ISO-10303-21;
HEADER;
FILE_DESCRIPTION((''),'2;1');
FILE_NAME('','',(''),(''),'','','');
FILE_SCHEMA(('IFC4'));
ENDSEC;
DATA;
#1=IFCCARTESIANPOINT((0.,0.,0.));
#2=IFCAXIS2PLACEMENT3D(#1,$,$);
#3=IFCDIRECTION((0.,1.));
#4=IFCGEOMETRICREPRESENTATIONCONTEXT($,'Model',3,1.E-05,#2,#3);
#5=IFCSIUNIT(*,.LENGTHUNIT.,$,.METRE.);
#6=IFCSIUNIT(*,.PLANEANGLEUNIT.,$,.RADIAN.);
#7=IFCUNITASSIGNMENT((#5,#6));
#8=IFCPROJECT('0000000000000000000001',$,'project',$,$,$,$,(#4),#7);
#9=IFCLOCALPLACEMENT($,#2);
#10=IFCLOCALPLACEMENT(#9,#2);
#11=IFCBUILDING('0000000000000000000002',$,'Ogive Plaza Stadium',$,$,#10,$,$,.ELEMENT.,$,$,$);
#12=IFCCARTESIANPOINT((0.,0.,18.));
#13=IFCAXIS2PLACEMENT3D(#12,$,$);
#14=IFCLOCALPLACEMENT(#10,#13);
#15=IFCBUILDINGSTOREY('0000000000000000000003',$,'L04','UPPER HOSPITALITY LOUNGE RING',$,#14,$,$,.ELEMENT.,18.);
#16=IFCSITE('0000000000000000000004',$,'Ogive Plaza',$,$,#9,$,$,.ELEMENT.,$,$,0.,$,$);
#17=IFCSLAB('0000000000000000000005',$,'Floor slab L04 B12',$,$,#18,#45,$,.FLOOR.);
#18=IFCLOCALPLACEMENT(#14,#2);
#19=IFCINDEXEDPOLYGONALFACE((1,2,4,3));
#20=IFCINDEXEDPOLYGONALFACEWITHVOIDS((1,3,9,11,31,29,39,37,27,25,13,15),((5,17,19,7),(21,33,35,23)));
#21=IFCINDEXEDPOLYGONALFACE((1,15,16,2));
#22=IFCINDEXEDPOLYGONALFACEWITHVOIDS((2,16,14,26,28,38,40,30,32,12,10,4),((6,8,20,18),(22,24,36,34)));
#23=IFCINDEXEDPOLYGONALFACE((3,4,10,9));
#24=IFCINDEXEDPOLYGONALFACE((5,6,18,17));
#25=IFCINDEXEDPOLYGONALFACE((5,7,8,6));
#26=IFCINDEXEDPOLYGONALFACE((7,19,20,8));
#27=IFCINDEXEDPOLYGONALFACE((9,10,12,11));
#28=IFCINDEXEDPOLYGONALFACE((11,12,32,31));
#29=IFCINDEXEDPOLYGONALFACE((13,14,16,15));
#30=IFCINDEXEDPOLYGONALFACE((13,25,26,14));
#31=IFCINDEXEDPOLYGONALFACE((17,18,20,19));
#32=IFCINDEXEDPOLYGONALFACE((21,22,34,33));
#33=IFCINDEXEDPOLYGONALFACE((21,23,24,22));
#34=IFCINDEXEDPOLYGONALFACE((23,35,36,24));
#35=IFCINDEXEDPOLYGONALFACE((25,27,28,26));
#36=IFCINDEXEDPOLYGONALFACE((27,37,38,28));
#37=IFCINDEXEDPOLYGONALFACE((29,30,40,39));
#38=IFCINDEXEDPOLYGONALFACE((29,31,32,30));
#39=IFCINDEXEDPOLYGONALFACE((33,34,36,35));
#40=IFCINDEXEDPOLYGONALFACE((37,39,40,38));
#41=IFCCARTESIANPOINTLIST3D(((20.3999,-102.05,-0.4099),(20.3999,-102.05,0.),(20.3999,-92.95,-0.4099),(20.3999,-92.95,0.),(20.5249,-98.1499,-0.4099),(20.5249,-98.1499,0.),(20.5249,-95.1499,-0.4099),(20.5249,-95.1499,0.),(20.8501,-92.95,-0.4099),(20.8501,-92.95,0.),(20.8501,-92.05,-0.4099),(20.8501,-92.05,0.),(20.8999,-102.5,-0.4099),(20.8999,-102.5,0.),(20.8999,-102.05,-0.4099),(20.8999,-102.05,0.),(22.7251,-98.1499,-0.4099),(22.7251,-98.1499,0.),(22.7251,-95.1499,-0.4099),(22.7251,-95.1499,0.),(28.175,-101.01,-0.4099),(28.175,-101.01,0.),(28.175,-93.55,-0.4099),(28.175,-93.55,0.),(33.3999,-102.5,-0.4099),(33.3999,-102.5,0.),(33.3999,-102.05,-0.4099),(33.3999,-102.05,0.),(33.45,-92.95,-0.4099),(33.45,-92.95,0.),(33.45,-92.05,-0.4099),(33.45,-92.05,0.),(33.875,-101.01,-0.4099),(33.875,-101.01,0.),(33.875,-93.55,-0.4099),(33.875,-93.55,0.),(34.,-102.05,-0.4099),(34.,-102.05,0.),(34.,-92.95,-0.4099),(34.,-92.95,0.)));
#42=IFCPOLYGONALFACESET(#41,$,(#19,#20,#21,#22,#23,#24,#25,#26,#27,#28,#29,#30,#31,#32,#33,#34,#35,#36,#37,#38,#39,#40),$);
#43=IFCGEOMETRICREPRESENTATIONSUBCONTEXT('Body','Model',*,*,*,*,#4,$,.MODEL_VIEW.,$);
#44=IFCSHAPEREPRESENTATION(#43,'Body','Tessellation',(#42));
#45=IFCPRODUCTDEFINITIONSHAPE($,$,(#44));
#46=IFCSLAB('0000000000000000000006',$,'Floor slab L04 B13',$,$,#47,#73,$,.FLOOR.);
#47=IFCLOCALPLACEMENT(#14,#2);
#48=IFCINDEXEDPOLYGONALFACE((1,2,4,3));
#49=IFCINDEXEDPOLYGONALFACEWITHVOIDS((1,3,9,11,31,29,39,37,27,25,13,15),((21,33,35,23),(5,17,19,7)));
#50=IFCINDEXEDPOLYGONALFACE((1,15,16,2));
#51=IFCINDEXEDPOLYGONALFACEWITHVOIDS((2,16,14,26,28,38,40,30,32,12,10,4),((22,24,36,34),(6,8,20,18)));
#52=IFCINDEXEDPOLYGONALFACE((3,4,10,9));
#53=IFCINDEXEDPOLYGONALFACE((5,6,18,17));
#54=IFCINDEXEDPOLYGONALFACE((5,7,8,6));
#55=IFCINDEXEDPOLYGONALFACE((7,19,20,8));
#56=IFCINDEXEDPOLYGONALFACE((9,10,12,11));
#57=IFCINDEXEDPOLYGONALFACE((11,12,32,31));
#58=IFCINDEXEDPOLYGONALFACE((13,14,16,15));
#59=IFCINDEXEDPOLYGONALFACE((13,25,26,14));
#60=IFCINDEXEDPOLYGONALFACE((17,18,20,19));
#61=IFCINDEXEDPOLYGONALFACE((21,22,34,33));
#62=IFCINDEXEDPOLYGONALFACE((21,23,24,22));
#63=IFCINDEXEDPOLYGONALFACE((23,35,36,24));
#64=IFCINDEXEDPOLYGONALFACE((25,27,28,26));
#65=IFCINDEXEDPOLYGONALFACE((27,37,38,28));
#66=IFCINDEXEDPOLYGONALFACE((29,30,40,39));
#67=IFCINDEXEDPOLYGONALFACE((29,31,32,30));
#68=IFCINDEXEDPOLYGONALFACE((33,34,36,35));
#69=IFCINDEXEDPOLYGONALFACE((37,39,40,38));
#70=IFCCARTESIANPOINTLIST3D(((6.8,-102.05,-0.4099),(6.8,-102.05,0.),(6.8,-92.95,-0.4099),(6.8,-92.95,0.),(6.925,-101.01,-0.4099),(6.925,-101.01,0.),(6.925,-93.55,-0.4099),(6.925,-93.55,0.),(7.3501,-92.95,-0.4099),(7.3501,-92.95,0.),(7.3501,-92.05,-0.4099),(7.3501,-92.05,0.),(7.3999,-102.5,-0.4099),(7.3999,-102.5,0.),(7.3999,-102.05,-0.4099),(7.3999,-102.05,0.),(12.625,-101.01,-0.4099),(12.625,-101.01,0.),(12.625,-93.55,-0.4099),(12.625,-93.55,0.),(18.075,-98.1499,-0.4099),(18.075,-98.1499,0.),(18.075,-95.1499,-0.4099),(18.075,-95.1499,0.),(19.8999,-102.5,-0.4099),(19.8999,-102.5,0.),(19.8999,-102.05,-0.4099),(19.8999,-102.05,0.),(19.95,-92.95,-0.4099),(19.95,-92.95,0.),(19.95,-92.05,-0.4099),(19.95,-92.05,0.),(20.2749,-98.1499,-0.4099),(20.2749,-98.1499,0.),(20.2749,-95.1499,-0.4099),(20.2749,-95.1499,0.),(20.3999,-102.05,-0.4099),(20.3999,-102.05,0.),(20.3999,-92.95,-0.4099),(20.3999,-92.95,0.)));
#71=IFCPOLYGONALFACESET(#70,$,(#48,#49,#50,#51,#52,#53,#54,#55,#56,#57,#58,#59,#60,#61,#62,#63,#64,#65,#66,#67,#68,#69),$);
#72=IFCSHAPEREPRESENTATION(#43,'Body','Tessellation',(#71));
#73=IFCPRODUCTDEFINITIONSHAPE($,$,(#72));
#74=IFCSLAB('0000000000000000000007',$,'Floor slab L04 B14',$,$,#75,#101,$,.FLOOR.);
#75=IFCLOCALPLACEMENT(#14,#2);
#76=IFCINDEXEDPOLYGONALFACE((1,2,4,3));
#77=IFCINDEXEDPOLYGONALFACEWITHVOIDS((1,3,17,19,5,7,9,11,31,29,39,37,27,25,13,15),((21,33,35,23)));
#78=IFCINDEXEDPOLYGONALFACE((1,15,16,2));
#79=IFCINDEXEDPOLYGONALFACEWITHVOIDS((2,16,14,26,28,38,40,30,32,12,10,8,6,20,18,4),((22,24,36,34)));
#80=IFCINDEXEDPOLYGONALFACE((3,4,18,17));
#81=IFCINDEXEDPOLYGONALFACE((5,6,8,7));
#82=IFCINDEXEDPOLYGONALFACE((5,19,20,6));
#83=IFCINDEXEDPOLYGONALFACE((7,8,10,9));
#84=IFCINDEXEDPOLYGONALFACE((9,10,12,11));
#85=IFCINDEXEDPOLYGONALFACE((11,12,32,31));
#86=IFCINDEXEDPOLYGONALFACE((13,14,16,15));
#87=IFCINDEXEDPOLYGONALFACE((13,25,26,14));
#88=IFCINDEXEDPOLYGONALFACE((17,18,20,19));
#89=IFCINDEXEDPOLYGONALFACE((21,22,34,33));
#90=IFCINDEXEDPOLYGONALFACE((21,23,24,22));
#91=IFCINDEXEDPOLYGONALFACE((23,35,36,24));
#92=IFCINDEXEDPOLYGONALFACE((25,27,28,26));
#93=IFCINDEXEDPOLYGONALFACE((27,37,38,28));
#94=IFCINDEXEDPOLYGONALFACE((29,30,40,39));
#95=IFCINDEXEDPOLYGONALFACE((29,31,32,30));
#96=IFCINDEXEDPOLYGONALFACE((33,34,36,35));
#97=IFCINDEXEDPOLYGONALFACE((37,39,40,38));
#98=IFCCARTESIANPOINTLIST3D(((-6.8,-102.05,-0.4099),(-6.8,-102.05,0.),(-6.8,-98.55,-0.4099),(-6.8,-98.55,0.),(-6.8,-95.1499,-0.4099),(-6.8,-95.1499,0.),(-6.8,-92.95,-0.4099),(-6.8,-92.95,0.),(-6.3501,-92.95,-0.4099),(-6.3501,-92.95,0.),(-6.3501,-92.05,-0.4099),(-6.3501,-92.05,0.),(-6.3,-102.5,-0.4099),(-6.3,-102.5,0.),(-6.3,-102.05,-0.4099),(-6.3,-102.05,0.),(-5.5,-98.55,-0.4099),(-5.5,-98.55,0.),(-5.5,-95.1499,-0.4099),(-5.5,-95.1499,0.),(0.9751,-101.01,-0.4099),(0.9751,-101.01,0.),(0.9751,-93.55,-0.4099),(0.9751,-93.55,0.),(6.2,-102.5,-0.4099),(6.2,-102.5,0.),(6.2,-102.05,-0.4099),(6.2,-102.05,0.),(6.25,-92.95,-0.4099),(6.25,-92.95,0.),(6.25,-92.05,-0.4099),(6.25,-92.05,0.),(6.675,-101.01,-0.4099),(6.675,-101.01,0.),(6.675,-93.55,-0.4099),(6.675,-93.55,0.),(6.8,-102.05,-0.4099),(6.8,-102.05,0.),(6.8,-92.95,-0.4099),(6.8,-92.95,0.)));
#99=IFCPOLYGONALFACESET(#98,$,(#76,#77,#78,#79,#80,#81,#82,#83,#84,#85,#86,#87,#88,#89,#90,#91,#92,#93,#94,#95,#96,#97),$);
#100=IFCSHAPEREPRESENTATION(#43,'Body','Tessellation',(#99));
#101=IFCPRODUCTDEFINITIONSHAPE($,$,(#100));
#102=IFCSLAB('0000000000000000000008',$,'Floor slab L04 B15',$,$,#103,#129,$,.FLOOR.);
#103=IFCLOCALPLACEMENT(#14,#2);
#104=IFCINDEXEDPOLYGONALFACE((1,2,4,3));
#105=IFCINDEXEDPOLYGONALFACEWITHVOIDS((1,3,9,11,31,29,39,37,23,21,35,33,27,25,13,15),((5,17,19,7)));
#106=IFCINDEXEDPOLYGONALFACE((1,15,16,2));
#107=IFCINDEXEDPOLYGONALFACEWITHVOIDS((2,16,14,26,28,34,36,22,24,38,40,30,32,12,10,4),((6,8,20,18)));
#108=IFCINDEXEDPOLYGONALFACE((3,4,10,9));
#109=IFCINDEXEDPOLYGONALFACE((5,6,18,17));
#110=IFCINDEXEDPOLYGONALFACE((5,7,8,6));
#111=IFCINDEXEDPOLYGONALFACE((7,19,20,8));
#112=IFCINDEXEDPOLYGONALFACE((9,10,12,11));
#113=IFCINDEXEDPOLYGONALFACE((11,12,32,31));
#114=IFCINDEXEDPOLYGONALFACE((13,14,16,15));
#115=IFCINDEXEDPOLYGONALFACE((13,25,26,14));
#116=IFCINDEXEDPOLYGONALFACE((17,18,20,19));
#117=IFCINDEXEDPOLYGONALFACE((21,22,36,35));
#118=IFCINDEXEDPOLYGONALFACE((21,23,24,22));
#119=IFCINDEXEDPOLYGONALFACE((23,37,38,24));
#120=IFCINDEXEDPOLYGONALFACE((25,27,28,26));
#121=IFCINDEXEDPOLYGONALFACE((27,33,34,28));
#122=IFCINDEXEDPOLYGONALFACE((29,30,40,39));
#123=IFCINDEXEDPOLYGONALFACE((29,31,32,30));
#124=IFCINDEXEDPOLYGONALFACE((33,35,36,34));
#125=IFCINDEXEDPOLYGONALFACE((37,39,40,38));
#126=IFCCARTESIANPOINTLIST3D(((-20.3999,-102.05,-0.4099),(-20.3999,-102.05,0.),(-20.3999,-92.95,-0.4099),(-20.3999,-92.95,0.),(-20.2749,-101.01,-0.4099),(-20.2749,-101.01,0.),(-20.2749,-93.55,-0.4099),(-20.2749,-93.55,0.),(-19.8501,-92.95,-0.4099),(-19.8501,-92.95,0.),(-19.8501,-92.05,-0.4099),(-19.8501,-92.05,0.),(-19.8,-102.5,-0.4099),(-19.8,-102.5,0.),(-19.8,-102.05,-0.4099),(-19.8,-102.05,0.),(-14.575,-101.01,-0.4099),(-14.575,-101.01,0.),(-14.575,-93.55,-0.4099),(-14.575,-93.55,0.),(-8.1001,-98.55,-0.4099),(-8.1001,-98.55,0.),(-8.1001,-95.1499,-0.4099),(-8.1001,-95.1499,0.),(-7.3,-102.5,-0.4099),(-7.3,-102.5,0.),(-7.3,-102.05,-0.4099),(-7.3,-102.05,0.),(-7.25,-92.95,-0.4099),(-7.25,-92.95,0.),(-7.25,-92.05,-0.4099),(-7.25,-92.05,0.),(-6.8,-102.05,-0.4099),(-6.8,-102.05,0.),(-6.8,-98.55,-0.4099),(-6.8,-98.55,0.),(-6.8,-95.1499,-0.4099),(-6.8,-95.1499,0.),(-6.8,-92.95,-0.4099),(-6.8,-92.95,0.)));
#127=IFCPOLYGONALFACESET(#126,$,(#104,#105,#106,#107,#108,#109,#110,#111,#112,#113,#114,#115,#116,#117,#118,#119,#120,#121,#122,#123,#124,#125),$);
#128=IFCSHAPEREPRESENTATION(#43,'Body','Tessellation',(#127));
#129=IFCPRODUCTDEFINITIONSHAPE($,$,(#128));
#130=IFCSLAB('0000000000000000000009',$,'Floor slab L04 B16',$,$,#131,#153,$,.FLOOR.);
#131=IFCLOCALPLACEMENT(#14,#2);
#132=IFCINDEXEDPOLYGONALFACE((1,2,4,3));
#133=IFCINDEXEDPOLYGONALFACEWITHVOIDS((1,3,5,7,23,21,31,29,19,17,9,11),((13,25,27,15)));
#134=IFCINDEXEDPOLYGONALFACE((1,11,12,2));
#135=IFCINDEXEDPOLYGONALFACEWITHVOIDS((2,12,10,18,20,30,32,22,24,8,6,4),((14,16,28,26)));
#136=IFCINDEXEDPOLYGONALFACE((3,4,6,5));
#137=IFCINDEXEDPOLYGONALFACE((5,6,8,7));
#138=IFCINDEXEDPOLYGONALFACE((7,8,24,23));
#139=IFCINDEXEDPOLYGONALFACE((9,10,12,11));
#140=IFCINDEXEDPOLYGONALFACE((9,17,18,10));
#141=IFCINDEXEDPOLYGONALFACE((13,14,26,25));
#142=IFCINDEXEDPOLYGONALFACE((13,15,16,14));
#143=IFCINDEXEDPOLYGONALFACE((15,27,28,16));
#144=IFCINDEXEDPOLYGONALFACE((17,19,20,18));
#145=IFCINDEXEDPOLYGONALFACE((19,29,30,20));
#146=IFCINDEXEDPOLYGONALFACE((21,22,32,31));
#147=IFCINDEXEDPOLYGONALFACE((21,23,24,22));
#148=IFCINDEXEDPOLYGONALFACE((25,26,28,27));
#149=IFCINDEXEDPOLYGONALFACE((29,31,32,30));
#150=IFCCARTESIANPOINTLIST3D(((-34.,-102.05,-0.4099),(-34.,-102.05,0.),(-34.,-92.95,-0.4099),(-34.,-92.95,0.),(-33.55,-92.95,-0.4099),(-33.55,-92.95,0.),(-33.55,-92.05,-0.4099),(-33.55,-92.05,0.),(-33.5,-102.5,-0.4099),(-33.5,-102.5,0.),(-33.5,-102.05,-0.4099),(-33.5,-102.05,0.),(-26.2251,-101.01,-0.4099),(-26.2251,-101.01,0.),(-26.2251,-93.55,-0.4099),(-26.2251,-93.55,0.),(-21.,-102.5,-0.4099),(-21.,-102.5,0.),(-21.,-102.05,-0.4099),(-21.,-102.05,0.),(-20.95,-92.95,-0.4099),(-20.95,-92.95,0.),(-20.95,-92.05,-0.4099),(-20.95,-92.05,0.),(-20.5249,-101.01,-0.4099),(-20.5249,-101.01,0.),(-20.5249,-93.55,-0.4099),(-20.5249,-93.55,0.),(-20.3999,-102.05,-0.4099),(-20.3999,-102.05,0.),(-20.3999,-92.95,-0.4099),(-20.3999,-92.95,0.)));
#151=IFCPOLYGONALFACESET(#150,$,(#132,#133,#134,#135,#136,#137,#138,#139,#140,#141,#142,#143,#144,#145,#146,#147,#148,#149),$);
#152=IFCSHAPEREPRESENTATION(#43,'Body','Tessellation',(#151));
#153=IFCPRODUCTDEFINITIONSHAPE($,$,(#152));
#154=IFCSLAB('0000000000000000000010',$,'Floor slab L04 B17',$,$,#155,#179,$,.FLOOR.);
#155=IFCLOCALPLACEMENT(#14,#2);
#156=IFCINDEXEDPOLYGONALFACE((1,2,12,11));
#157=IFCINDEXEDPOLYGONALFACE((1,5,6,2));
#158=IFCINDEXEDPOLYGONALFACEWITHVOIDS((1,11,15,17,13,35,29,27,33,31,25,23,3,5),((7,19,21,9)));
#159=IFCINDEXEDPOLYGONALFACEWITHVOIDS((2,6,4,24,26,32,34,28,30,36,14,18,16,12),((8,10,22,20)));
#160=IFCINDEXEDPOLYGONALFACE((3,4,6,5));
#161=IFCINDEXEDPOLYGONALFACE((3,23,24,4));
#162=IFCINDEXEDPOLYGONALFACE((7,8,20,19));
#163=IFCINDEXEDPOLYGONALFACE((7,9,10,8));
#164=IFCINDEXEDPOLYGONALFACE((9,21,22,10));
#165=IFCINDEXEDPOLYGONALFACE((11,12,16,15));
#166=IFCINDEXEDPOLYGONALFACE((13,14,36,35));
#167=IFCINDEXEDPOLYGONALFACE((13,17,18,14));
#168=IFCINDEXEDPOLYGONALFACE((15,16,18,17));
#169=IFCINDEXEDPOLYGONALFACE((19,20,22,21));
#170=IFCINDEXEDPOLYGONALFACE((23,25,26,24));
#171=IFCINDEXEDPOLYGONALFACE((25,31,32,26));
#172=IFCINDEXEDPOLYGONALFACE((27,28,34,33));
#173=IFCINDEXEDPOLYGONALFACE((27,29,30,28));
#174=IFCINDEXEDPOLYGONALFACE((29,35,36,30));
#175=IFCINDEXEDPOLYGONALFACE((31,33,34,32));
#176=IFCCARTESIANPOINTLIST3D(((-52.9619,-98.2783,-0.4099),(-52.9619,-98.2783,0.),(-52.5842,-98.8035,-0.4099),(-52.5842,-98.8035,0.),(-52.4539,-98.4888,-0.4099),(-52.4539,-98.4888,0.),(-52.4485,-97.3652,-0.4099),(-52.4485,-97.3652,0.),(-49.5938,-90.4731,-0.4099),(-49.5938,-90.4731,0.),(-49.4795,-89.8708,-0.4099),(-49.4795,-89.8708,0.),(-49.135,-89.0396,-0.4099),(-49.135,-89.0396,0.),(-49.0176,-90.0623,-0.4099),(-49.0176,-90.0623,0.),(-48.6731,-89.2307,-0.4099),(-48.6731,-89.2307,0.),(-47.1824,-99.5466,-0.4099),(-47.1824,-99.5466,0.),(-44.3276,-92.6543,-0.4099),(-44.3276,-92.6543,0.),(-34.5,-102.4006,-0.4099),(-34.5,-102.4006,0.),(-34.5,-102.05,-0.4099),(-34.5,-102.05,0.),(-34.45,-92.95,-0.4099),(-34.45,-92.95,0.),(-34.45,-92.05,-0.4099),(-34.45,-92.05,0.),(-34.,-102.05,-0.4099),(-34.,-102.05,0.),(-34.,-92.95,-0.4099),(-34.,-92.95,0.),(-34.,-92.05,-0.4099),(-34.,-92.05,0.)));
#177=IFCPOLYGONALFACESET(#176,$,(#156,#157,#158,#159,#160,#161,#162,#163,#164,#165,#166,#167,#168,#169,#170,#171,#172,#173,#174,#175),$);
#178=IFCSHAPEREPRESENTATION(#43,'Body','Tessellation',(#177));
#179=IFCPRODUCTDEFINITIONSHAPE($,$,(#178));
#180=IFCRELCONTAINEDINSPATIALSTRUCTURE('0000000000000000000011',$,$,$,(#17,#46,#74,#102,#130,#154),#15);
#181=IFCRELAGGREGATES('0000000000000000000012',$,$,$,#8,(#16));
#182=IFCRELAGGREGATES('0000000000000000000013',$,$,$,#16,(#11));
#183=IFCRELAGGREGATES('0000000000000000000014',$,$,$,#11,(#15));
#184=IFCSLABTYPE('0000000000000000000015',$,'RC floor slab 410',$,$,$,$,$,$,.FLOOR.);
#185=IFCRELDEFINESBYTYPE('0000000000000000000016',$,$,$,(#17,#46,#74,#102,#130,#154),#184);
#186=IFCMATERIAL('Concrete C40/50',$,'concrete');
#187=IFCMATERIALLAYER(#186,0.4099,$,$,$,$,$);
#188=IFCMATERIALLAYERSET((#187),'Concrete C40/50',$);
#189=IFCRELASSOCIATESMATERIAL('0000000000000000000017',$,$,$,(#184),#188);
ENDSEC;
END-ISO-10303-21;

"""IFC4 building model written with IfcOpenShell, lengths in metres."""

from ifc_helpers import new_model, si_unit, direction, frame, origin, place, context, subcontext, project, spatial, polyline, outline, extrude, material, layer, layer_set, type_object, element, save


model = new_model("IFC4")

# Units and contexts
model_context = context("Model", 3, precision=1e-05, world=origin(), true_north=direction((0.0, 1.0)))
body_context = subcontext(model_context, "Body", "Model", "MODEL_VIEW")
ifc_project = project(units=[si_unit("LENGTHUNIT", "METRE"), si_unit("PLANEANGLEUNIT", "RADIAN")], contexts=[model_context])

# Site, building, storey
site_placement = place(None, origin())
site = spatial("IfcSite", under=ifc_project, at=site_placement, Name="Ogive Plaza", CompositionType="ELEMENT", RefElevation=0.0)
building_placement = place(site_placement, origin())
building = spatial("IfcBuilding", under=site, at=building_placement, Name="Ogive Plaza Stadium", CompositionType="ELEMENT")
storey_placement = place(building_placement, frame((0.0, 0.0, 18.0)))
storey = spatial("IfcBuildingStorey", under=building, at=storey_placement, Name="L04", Description="UPPER HOSPITALITY LOUNGE RING", CompositionType="ELEMENT", Elevation=18.0)

# Slabs
ifc_material = material(Name="Concrete C40/50", Category="concrete")
ifc_layer = layer(ifc_material, 0.4099)
ifc_layer_set = layer_set([ifc_layer], Name="Concrete C40/50")
slab_type = type_object("IfcSlabType", Name="RC floor slab 410", PredefinedType="FLOOR", material=ifc_layer_set)
slab_1_placement = place(storey_placement, frame((0.0, 0.0, -0.4099)))
element("IfcSlab", 1, at=slab_1_placement, inside=storey, type_object=slab_type, Name="Floor slab L04 B12", PredefinedType="FLOOR", context=body_context, shape_type="SweptSolid", body=[
    extrude(outline(polyline([(20.3999, -102.05), (20.8999, -102.05), (20.8999, -102.5), (33.3999, -102.5), (33.3999, -102.05), (34.0, -102.05), (34.0, -92.95), (33.45, -92.95), (33.45, -92.05), (20.8501, -92.05), (20.8501, -92.95), (20.3999, -92.95), (20.3999, -102.05)]), holes=[polyline([(33.875, -93.55), (28.175, -93.55), (28.175, -101.01), (33.875, -101.01), (33.875, -93.55)]), polyline([(20.5249, -95.1499), (20.5249, -98.1499), (22.7251, -98.1499), (22.7251, -95.1499), (20.5249, -95.1499)])]), origin(), (0.0, 0.0, 1.0), 0.4099),
])
slab_2_placement = place(storey_placement, frame((0.0, 0.0, -0.4099)))
element("IfcSlab", 2, at=slab_2_placement, inside=storey, type_object=slab_type, Name="Floor slab L04 B13", PredefinedType="FLOOR", context=body_context, shape_type="SweptSolid", body=[
    extrude(outline(polyline([(6.8, -102.05), (7.3999, -102.05), (7.3999, -102.5), (19.8999, -102.5), (19.8999, -102.05), (20.3999, -102.05), (20.3999, -92.95), (19.95, -92.95), (19.95, -92.05), (7.3501, -92.05), (7.3501, -92.95), (6.8, -92.95), (6.8, -102.05)]), holes=[polyline([(12.625, -93.55), (6.925, -93.55), (6.925, -101.01), (12.625, -101.01), (12.625, -93.55)]), polyline([(20.2749, -95.1499), (18.075, -95.1499), (18.075, -98.1499), (20.2749, -98.1499), (20.2749, -95.1499)])]), origin(), (0.0, 0.0, 1.0), 0.4099),
])
slab_3_placement = place(storey_placement, frame((0.0, 0.0, -0.4099)))
element("IfcSlab", 3, at=slab_3_placement, inside=storey, type_object=slab_type, Name="Floor slab L04 B14", PredefinedType="FLOOR", context=body_context, shape_type="SweptSolid", body=[
    extrude(outline(polyline([(-6.8, -95.1499), (-5.5, -95.1499), (-5.5, -98.55), (-6.8, -98.55), (-6.8, -102.05), (-6.3, -102.05), (-6.3, -102.5), (6.2, -102.5), (6.2, -102.05), (6.8, -102.05), (6.8, -92.95), (6.25, -92.95), (6.25, -92.05), (-6.3501, -92.05), (-6.3501, -92.95), (-6.8, -92.95), (-6.8, -95.1499)]), holes=[polyline([(6.675, -93.55), (0.9751, -93.55), (0.9751, -101.01), (6.675, -101.01), (6.675, -93.55)])]), origin(), (0.0, 0.0, 1.0), 0.4099),
])
slab_4_placement = place(storey_placement, frame((0.0, 0.0, -0.4099)))
element("IfcSlab", 4, at=slab_4_placement, inside=storey, type_object=slab_type, Name="Floor slab L04 B15", PredefinedType="FLOOR", context=body_context, shape_type="SweptSolid", body=[
    extrude(outline(polyline([(-20.3999, -102.05), (-19.8, -102.05), (-19.8, -102.5), (-7.3, -102.5), (-7.3, -102.05), (-6.8, -102.05), (-6.8, -98.55), (-8.1001, -98.55), (-8.1001, -95.1499), (-6.8, -95.1499), (-6.8, -92.95), (-7.25, -92.95), (-7.25, -92.05), (-19.8501, -92.05), (-19.8501, -92.95), (-20.3999, -92.95), (-20.3999, -102.05)]), holes=[polyline([(-14.575, -93.55), (-20.2749, -93.55), (-20.2749, -101.01), (-14.575, -101.01), (-14.575, -93.55)])]), origin(), (0.0, 0.0, 1.0), 0.4099),
])
slab_5_placement = place(storey_placement, frame((0.0, 0.0, -0.4099)))
element("IfcSlab", 5, at=slab_5_placement, inside=storey, type_object=slab_type, Name="Floor slab L04 B16", PredefinedType="FLOOR", context=body_context, shape_type="SweptSolid", body=[
    extrude(outline(polyline([(-34.0, -102.05), (-33.5, -102.05), (-33.5, -102.5), (-21.0, -102.5), (-21.0, -102.05), (-20.3999, -102.05), (-20.3999, -92.95), (-20.95, -92.95), (-20.95, -92.05), (-33.55, -92.05), (-33.55, -92.95), (-34.0, -92.95), (-34.0, -102.05)]), holes=[polyline([(-20.5249, -93.55), (-26.2251, -93.55), (-26.2251, -101.01), (-20.5249, -101.01), (-20.5249, -93.55)])]), origin(), (0.0, 0.0, 1.0), 0.4099),
])
slab_6_placement = place(storey_placement, frame((0.0, 0.0, -0.4099)))
element("IfcSlab", 6, at=slab_6_placement, inside=storey, type_object=slab_type, Name="Floor slab L04 B17", PredefinedType="FLOOR", context=body_context, shape_type="SweptSolid", body=[
    extrude(outline(polyline([(-52.9619, -98.2783), (-52.4539, -98.4888), (-52.5842, -98.8035), (-34.5, -102.4006), (-34.5, -102.05), (-34.0, -102.05), (-34.0, -92.95), (-34.45, -92.95), (-34.45, -92.05), (-34.0, -92.05), (-49.135, -89.0396), (-48.6731, -89.2307), (-49.0176, -90.0623), (-49.4795, -89.8708), (-52.9619, -98.2783)]), holes=[polyline([(-44.3276, -92.6543), (-49.5938, -90.4731), (-52.4485, -97.3652), (-47.1824, -99.5466), (-44.3276, -92.6543)])]), origin(), (0.0, 0.0, 1.0), 0.4099),
])

save(model, "model.ifc")
